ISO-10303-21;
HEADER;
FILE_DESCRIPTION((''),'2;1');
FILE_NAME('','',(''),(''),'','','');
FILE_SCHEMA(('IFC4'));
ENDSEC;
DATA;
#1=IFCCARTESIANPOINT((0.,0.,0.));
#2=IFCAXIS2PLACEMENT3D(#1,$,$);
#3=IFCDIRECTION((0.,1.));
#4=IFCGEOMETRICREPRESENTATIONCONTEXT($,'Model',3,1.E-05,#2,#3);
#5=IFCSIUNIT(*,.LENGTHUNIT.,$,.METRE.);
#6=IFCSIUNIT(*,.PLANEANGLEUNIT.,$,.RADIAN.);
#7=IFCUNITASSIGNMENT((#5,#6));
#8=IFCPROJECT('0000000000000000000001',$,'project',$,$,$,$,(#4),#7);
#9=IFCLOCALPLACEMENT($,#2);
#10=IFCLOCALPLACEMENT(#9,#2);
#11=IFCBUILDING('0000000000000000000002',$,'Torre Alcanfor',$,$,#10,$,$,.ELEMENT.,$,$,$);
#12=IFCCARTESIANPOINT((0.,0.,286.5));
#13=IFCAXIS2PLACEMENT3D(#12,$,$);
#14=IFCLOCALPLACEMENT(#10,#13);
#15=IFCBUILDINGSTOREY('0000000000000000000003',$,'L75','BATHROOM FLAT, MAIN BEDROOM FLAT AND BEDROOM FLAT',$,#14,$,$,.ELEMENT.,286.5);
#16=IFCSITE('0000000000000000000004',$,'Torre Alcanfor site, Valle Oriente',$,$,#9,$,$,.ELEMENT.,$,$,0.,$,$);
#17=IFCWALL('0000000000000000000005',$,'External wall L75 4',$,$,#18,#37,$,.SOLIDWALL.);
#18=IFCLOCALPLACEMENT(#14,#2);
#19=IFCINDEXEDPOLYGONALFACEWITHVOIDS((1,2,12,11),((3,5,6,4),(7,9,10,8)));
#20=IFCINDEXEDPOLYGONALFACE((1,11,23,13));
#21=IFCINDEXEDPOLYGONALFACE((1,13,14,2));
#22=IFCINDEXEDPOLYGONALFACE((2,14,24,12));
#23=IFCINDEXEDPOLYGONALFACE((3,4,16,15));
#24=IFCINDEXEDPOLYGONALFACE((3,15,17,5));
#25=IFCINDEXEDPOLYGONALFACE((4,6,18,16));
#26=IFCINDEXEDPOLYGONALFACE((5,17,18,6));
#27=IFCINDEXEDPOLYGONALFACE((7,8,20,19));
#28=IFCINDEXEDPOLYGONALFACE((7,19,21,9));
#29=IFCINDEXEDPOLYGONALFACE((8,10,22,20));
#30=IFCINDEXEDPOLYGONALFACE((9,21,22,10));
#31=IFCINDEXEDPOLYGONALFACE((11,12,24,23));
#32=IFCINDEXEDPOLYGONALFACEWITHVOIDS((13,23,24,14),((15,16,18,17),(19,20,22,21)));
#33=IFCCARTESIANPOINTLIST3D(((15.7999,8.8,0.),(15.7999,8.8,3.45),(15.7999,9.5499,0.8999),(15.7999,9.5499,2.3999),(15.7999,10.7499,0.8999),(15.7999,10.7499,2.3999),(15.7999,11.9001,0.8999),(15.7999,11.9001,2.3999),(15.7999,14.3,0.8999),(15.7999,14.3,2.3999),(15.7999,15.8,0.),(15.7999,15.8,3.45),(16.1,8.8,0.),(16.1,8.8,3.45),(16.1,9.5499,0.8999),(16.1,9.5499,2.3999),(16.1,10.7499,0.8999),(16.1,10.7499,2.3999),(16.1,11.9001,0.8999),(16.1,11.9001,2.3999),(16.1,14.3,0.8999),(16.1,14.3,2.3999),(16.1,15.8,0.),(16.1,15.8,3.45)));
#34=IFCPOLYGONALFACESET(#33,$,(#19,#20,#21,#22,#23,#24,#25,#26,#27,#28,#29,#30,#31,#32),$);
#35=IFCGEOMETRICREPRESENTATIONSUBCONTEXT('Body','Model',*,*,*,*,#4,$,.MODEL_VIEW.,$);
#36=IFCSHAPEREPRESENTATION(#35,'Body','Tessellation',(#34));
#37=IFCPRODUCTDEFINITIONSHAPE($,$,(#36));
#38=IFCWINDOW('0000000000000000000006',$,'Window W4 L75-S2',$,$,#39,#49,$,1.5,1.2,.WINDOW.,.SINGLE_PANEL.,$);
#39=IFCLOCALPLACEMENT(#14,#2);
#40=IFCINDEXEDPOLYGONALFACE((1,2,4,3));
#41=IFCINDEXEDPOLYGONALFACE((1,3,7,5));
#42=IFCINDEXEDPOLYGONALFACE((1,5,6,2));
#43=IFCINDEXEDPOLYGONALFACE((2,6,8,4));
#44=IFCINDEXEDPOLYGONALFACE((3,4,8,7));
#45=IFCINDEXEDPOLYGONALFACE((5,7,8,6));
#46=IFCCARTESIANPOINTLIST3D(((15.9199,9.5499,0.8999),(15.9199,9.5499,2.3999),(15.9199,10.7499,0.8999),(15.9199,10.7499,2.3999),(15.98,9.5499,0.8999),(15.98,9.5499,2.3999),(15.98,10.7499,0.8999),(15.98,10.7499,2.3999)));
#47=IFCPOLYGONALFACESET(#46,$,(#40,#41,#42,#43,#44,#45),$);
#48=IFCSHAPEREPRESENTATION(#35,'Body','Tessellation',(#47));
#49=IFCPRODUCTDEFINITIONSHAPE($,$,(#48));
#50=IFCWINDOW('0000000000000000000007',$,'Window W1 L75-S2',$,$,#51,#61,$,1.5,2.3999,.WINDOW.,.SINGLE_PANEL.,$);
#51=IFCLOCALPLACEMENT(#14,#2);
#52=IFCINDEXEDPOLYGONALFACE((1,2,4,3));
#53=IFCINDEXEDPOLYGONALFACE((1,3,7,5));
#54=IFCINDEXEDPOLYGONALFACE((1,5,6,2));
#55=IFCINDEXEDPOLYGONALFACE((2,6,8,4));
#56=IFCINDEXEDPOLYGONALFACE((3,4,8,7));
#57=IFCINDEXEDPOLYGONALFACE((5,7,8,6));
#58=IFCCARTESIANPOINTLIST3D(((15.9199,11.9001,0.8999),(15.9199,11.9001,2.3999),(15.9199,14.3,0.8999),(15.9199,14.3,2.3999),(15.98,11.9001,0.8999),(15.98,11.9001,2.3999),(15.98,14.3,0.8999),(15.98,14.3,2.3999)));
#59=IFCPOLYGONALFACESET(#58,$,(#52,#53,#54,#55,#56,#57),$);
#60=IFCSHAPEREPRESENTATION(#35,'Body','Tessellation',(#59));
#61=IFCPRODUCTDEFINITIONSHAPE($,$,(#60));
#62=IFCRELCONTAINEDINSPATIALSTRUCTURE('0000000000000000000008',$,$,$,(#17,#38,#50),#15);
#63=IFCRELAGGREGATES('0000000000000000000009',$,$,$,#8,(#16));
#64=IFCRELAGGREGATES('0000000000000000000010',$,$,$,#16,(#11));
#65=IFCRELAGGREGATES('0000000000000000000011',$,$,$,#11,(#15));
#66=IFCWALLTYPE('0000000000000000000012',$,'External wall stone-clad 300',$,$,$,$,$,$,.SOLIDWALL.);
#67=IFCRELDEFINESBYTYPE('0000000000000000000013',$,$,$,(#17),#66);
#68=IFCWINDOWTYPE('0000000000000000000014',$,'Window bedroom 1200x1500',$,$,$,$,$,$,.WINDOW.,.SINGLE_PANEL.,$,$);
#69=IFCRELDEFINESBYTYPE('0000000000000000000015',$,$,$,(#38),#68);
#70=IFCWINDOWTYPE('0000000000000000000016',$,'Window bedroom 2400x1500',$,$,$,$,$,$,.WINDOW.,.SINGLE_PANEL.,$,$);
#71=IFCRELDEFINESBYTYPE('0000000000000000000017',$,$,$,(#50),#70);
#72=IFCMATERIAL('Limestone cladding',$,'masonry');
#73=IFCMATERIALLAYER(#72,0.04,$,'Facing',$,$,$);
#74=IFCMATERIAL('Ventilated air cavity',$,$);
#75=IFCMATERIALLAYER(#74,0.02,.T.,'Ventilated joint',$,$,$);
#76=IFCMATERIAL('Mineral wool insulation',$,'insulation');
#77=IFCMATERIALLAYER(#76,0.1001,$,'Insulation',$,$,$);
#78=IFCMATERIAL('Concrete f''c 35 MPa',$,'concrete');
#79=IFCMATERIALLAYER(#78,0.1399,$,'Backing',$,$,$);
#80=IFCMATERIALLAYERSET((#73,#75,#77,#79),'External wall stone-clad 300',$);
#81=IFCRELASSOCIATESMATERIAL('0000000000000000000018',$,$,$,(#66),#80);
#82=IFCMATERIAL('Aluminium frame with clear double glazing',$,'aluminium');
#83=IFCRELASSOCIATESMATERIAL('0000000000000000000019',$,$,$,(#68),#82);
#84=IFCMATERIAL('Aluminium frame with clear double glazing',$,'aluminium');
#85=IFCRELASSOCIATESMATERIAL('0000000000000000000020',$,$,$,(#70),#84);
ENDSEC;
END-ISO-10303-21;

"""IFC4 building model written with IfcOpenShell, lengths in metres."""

from ifc_helpers import new_model, si_unit, direction, frame, frame_2d, origin, place, context, subcontext, project, spatial, rectangle, extrude, material, layer, layer_set, type_object, element, fill, save


model = new_model("IFC4")

# Units and contexts
model_context = context("Model", 3, precision=1e-05, world=origin(), true_north=direction((0.0, 1.0)))
body_context = subcontext(model_context, "Body", "Model", "MODEL_VIEW")
ifc_project = project(units=[si_unit("LENGTHUNIT", "METRE"), si_unit("PLANEANGLEUNIT", "RADIAN")], contexts=[model_context])

# Site, building, storey
site_placement = place(None, origin())
site = spatial("IfcSite", under=ifc_project, at=site_placement, Name="Torre Alcanfor site, Valle Oriente", CompositionType="ELEMENT", RefElevation=0.0)
building_placement = place(site_placement, origin())
building = spatial("IfcBuilding", under=site, at=building_placement, Name="Torre Alcanfor", CompositionType="ELEMENT")
storey_placement = place(building_placement, frame((0.0, 0.0, 286.5)))
storey = spatial("IfcBuildingStorey", under=building, at=storey_placement, Name="L75", Description="BATHROOM FLAT, MAIN BEDROOM FLAT AND BEDROOM FLAT", CompositionType="ELEMENT", Elevation=286.5)

# Wall, openings, windows
ifc_material_1 = material(Name="Limestone cladding", Category="masonry")
ifc_layer_1 = layer(ifc_material_1, 0.04, Name="Facing")
ifc_material_2 = material(Name="Ventilated air cavity")
ifc_layer_2 = layer(ifc_material_2, 0.02, ventilated=True, Name="Ventilated joint")
ifc_material_3 = material(Name="Mineral wool insulation", Category="insulation")
ifc_layer_3 = layer(ifc_material_3, 0.1001, Name="Insulation")
ifc_material_4 = material(Name="Concrete f'c 35 MPa", Category="concrete")
ifc_layer_4 = layer(ifc_material_4, 0.1399, Name="Backing")
ifc_layer_set_1 = layer_set([ifc_layer_1, ifc_layer_2, ifc_layer_3, ifc_layer_4], Name="External wall stone-clad 300")
wall_type_1 = type_object("IfcWallType", Name="External wall stone-clad 300", PredefinedType="SOLIDWALL", material=ifc_layer_set_1)
ifc_material_5 = material(Name="Aluminium frame with clear double glazing", Category="aluminium")
window_type_1 = type_object("IfcWindowType", Name="Window bedroom 1200x1500", PartitioningType="SINGLE_PANEL", PredefinedType="WINDOW", material=ifc_material_5)
ifc_material_6 = material(Name="Aluminium frame with clear double glazing", Category="aluminium")
window_type_2 = type_object("IfcWindowType", Name="Window bedroom 2400x1500", PartitioningType="SINGLE_PANEL", PredefinedType="WINDOW", material=ifc_material_6)
wall_1_placement = place(storey_placement, frame((15.95, 15.8, 0.0), z_axis=(0.0, 0.0, 1.0), x_axis=(0.0, -1.0, 0.0)))
wall_1 = element("IfcWall", 1, at=wall_1_placement, inside=storey, type_object=wall_type_1, Name="External wall L75 4", PredefinedType="SOLIDWALL", context=body_context, shape_type="SweptSolid", body=[
    extrude(rectangle(XDim=7.0, YDim=0.3, at=frame_2d((3.5, 0.0))), origin(), (0.0, 0.0, 1.0), 3.45),
])
opening_1_placement = place(wall_1_placement, frame((1.5, 0.0, 0.8999)))
opening_1 = element("IfcOpeningElement", 2, at=opening_1_placement, cuts=wall_1, PredefinedType="OPENING", context=body_context, shape_type="SweptSolid", body=[
    extrude(rectangle(XDim=2.3999, YDim=1.5, at=frame_2d((1.2, 0.75))), frame((0.0, 0.1599, 0.0), z_axis=(0.0, -1.0, 0.0), x_axis=(1.0, 0.0, 0.0)), (0.0, 0.0, 1.0), 0.3201),
])
opening_2_placement = place(wall_1_placement, frame((5.05, 0.0, 0.8999)))
opening_2 = element("IfcOpeningElement", 3, at=opening_2_placement, cuts=wall_1, PredefinedType="OPENING", context=body_context, shape_type="SweptSolid", body=[
    extrude(rectangle(XDim=1.2, YDim=1.5, at=frame_2d((0.6001, 0.75))), frame((0.0, 0.1599, 0.0), z_axis=(0.0, -1.0, 0.0), x_axis=(1.0, 0.0, 0.0)), (0.0, 0.0, 1.0), 0.3201),
])
window_1_placement = place(opening_2_placement, origin())
window_1 = element("IfcWindow", 4, at=window_1_placement, inside=storey, type_object=window_type_1, Name="Window W4 L75-S2", OverallHeight=1.5, OverallWidth=1.2, PartitioningType="SINGLE_PANEL", PredefinedType="WINDOW", context=body_context, shape_type="SweptSolid", body=[
    extrude(rectangle(XDim=1.2, YDim=1.5, at=frame_2d((0.6001, 0.75))), frame((0.0, 0.03, 0.0), z_axis=(0.0, -1.0, 0.0), x_axis=(1.0, 0.0, 0.0)), (0.0, 0.0, 1.0), 0.0601),
])
fill(opening_2, window_1)
window_2_placement = place(opening_1_placement, origin())
window_2 = element("IfcWindow", 5, at=window_2_placement, inside=storey, type_object=window_type_2, Name="Window W1 L75-S2", OverallHeight=1.5, OverallWidth=2.3999, PartitioningType="SINGLE_PANEL", PredefinedType="WINDOW", context=body_context, shape_type="SweptSolid", body=[
    extrude(rectangle(XDim=2.3999, YDim=1.5, at=frame_2d((1.2, 0.75))), frame((0.0, 0.03, 0.0), z_axis=(0.0, -1.0, 0.0), x_axis=(1.0, 0.0, 0.0)), (0.0, 0.0, 1.0), 0.0601),
])
fill(opening_1, window_2)

save(model, "model.ifc")
